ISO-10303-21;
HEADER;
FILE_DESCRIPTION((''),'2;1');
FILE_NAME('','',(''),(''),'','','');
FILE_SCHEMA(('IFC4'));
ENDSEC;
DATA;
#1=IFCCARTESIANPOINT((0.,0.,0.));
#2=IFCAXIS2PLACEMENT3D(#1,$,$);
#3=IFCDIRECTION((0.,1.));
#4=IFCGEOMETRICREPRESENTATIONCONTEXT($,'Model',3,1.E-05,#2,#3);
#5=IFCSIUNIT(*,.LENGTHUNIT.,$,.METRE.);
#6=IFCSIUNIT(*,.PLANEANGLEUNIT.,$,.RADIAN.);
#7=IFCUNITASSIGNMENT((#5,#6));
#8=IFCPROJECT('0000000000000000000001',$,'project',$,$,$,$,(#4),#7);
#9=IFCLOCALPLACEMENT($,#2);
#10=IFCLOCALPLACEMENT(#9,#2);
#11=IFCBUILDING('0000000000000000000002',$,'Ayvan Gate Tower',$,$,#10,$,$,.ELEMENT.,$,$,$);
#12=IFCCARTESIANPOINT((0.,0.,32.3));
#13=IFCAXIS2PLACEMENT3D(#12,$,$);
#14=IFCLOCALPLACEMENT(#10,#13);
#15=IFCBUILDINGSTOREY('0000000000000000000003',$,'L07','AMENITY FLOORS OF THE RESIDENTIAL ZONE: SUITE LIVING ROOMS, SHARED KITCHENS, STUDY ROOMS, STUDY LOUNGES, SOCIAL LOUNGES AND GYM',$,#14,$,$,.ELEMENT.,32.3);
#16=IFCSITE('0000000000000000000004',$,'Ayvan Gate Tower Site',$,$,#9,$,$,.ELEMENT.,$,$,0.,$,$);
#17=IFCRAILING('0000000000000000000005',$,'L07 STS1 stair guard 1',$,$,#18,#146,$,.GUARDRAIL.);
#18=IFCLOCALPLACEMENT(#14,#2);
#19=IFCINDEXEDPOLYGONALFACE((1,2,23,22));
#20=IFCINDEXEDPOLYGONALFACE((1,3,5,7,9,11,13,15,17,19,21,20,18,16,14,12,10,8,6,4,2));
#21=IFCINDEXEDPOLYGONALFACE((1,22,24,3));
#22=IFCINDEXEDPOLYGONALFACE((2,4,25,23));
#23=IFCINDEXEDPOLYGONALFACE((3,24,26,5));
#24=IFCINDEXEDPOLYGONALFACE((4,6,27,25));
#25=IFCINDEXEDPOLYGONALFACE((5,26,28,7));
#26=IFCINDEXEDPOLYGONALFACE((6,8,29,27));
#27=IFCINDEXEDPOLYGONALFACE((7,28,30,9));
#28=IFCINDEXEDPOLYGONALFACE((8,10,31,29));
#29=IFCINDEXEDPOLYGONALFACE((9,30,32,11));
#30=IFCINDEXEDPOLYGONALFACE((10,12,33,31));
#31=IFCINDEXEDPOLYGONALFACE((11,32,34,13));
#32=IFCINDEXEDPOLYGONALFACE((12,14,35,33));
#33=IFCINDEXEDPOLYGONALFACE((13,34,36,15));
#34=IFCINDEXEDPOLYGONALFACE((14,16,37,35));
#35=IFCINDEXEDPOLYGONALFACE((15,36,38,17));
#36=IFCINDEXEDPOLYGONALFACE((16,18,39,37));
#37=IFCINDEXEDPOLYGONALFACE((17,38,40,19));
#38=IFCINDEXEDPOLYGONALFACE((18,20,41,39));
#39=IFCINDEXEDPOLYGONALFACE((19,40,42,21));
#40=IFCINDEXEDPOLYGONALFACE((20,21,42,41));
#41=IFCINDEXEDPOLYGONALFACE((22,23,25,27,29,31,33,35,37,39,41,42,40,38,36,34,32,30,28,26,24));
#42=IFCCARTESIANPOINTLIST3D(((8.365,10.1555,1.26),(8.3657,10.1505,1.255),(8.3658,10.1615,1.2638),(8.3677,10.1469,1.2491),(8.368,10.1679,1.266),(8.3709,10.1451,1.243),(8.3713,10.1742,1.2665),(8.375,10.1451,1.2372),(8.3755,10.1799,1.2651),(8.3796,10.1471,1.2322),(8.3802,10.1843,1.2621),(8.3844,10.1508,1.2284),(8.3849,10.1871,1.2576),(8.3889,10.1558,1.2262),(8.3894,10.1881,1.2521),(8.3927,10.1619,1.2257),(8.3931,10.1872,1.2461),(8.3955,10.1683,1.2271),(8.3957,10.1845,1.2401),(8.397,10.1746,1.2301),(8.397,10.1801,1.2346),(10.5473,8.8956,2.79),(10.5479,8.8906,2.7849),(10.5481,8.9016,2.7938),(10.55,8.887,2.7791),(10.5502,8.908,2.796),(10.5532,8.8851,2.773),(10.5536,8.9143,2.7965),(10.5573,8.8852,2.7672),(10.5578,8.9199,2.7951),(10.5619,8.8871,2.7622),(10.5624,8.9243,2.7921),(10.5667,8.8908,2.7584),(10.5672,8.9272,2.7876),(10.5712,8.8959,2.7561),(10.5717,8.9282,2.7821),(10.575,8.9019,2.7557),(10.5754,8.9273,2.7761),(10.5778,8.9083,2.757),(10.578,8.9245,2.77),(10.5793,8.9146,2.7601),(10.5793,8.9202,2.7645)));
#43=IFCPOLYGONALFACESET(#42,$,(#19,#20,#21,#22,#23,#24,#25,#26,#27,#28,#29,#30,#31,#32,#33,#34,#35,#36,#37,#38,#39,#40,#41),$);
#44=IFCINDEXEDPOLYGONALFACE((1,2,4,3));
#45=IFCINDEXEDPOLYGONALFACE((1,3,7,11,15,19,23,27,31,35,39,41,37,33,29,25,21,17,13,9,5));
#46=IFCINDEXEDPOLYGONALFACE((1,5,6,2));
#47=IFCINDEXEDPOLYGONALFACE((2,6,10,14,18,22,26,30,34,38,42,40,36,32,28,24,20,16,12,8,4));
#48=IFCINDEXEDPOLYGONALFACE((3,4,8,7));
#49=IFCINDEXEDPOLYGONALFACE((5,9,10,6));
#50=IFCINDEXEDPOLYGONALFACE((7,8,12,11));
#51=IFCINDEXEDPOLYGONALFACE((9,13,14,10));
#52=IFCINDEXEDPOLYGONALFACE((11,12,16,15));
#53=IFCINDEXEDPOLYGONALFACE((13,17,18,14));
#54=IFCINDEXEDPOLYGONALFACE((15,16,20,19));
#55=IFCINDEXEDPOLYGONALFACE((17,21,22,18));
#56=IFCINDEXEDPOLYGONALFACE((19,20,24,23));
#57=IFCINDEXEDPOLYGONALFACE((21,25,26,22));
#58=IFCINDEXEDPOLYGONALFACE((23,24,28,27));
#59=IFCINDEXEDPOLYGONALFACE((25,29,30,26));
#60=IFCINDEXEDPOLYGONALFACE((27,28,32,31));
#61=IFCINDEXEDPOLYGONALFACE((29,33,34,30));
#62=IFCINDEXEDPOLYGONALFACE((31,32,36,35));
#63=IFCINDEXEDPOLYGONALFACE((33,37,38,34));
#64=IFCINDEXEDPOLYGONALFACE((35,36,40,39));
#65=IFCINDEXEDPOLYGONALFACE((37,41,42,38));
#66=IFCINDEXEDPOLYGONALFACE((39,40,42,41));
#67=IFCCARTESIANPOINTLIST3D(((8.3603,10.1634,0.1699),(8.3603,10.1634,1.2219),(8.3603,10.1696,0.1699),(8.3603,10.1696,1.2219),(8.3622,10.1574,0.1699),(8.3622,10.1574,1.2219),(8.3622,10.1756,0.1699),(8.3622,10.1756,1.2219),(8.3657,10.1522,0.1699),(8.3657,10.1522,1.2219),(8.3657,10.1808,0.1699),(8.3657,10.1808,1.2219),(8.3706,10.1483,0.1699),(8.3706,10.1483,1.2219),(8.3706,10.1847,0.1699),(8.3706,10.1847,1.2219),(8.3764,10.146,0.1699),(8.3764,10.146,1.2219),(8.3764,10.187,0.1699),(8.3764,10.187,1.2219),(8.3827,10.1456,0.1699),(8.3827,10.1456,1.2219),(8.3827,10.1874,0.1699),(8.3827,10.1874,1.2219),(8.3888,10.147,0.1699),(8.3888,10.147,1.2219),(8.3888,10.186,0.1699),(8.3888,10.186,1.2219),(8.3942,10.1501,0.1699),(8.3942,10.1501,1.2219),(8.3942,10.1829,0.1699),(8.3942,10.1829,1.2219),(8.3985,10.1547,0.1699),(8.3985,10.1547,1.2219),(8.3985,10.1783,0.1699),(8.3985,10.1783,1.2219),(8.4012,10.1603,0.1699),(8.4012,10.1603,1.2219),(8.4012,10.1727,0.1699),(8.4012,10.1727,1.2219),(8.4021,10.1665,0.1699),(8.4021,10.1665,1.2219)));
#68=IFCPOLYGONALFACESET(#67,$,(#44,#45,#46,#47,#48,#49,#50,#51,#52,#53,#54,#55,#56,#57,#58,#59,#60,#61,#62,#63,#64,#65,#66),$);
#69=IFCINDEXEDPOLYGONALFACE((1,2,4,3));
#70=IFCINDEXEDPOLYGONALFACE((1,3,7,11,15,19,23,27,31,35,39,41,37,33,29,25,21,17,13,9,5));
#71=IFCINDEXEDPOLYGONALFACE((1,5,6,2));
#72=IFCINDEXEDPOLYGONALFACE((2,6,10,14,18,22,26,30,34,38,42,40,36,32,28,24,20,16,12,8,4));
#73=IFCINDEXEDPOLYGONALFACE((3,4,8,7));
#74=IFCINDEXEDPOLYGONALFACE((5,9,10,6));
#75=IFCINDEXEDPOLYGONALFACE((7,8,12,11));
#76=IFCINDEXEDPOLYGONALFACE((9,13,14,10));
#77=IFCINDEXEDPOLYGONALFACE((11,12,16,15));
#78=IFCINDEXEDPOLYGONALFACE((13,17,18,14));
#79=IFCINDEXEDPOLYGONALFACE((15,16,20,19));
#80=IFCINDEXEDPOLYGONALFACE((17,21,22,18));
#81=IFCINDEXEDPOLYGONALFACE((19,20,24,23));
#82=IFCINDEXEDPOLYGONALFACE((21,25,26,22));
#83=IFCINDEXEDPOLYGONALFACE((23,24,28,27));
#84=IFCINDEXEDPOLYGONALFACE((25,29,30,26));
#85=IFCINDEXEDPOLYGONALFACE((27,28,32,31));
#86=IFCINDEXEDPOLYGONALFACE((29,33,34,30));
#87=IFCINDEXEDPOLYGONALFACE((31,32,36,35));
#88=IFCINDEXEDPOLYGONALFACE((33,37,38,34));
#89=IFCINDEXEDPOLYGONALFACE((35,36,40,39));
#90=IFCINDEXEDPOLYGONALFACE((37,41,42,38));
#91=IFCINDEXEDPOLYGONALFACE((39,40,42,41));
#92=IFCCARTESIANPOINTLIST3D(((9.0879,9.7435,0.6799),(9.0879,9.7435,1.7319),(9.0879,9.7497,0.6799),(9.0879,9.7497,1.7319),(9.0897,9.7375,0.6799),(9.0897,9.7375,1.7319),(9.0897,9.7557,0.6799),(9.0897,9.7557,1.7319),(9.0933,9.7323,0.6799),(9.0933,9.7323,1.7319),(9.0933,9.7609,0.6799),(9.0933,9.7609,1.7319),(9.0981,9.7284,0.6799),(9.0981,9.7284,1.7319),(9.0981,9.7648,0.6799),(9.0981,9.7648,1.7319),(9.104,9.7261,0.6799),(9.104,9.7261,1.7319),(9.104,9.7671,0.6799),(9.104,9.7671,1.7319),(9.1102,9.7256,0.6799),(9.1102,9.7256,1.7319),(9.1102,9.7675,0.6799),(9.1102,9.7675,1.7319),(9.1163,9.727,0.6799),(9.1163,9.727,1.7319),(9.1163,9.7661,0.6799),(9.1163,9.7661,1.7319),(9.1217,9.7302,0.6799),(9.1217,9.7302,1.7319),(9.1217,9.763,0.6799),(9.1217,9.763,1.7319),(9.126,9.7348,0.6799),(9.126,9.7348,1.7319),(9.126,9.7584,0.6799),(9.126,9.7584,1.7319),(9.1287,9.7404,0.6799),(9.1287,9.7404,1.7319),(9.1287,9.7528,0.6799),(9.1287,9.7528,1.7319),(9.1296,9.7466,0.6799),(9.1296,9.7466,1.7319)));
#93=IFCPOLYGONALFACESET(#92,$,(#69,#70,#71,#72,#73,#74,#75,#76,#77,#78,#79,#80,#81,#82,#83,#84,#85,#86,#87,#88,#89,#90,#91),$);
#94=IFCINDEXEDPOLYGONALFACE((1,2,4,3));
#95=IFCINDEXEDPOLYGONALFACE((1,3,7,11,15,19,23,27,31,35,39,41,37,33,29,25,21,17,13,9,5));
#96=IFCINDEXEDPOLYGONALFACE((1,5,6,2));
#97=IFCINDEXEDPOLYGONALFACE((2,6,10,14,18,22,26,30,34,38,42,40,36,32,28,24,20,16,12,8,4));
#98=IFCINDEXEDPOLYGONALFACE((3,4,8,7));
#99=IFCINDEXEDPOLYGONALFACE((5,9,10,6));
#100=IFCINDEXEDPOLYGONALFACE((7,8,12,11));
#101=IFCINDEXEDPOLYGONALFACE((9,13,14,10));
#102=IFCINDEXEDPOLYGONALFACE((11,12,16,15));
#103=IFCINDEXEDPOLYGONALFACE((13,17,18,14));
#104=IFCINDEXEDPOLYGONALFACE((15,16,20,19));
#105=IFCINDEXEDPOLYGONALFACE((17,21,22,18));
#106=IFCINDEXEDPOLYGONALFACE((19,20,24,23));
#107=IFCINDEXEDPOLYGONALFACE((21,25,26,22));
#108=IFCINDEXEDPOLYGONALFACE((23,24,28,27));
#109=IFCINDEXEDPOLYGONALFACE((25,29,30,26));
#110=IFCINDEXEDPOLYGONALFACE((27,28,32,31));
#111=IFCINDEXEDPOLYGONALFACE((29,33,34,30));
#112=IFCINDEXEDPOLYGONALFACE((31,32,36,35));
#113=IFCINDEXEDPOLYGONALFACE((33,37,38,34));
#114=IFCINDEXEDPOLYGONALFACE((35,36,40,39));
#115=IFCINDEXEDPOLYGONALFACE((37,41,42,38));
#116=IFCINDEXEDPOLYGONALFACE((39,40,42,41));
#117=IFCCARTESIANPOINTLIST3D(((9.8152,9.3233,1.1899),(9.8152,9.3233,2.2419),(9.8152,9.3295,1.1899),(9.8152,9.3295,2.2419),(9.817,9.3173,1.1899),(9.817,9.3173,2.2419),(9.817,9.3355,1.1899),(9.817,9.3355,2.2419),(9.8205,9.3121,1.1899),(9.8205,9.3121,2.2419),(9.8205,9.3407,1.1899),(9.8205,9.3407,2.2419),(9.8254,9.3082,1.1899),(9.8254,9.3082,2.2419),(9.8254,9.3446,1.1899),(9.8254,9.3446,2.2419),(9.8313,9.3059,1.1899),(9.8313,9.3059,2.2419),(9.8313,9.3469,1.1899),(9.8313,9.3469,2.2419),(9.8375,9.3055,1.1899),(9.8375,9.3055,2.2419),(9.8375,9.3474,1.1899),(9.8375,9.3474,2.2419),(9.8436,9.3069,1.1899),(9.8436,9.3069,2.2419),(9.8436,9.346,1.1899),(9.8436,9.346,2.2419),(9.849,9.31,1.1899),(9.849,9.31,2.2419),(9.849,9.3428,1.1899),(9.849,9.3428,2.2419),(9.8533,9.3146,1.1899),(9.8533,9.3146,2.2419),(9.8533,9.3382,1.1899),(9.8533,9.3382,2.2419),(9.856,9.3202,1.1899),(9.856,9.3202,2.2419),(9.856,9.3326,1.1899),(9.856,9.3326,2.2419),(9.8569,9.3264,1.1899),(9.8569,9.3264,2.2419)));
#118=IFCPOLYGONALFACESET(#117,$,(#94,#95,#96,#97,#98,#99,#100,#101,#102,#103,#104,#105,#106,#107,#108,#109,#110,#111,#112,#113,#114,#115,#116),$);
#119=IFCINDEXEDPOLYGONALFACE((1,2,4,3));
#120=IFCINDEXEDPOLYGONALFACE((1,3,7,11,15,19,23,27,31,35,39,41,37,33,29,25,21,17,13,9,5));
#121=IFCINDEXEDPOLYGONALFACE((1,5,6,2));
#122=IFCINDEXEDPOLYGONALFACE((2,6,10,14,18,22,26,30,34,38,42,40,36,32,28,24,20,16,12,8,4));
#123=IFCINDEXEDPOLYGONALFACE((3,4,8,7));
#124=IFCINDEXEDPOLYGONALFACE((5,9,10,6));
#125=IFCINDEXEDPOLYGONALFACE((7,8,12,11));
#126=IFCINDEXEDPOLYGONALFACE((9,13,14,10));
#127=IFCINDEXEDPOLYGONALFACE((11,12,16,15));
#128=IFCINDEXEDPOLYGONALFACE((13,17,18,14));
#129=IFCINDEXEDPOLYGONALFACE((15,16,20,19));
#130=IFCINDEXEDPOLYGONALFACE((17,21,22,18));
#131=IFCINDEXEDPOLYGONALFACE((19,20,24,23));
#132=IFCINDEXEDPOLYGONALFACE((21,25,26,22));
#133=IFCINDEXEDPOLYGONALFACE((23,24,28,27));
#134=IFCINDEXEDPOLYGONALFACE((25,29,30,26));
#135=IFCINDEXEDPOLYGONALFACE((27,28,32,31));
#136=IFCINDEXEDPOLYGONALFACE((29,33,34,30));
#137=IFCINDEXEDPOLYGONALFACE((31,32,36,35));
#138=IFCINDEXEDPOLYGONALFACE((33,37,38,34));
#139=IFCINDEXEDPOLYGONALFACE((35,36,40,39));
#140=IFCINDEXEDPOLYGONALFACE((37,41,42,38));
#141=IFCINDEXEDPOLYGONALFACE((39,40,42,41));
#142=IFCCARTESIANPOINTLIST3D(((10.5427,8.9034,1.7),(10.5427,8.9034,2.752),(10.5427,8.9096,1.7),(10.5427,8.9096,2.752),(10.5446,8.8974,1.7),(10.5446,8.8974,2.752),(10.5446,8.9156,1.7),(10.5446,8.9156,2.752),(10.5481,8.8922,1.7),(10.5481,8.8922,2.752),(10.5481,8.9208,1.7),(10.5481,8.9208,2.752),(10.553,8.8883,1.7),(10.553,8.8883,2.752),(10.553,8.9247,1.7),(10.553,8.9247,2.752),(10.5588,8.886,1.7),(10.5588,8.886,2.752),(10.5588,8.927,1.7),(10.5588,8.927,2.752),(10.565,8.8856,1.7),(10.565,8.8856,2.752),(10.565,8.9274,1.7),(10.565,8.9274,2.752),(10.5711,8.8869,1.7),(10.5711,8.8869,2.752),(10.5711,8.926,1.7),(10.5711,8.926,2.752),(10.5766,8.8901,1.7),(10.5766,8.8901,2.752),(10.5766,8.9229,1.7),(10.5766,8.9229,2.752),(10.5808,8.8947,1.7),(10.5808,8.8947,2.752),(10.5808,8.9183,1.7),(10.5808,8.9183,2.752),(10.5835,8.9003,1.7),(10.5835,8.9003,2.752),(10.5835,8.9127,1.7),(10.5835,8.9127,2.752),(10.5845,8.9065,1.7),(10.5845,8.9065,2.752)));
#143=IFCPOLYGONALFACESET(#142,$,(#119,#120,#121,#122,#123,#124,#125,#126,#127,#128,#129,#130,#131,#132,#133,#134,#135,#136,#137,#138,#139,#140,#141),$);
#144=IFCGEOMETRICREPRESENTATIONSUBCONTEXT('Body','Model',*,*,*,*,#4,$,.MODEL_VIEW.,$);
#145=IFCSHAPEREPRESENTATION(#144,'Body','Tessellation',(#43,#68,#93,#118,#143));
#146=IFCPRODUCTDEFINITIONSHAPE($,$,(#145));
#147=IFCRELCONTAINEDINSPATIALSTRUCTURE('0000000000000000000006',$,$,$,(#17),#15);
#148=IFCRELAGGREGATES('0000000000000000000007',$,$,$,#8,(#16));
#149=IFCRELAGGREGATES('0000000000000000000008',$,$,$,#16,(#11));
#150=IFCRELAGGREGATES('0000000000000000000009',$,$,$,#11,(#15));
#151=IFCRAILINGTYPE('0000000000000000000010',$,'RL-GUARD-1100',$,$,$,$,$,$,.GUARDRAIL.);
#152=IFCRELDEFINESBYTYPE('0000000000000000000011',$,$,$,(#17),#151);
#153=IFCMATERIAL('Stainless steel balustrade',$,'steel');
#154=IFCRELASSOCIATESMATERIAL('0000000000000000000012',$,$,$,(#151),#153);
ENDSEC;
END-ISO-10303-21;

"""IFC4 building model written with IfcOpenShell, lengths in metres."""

from ifc_helpers import new_model, si_unit, direction, frame, origin, origin_2d, place, context, subcontext, project, spatial, circle, extrude, material, type_object, element, save


model = new_model("IFC4")

# Units and contexts
model_context = context("Model", 3, precision=1e-05, world=origin(), true_north=direction((0.0, 1.0)))
body_context = subcontext(model_context, "Body", "Model", "MODEL_VIEW")
ifc_project = project(units=[si_unit("LENGTHUNIT", "METRE"), si_unit("PLANEANGLEUNIT", "RADIAN")], contexts=[model_context])

# Site, building, storey
site_placement = place(None, origin())
site = spatial("IfcSite", under=ifc_project, at=site_placement, Name="Ayvan Gate Tower Site", CompositionType="ELEMENT", RefElevation=0.0)
building_placement = place(site_placement, origin())
building = spatial("IfcBuilding", under=site, at=building_placement, Name="Ayvan Gate Tower", CompositionType="ELEMENT")
storey_placement = place(building_placement, frame((0.0, 0.0, 32.3)))
storey = spatial("IfcBuildingStorey", under=building, at=storey_placement, Name="L07", Description="AMENITY FLOORS OF THE RESIDENTIAL ZONE: SUITE LIVING ROOMS, SHARED KITCHENS, STUDY ROOMS, STUDY LOUNGES, SOCIAL LOUNGES AND GYM", CompositionType="ELEMENT", Elevation=32.3)

# Railing
ifc_material_1 = material(Name="Stainless steel balustrade", Category="steel")
railing_type_1 = type_object("IfcRailingType", Name="RL-GUARD-1100", PredefinedType="GUARDRAIL", material=ifc_material_1)
railing_1_placement = place(storey_placement, frame((8.3811, 10.1665, 0.1699)))
element("IfcRailing", 1, at=railing_1_placement, inside=storey, type_object=railing_type_1, Name="L07 STS1 stair guard 1", PredefinedType="GUARDRAIL", context=body_context, shape_type="SweptSolid", body=[
    extrude(circle(Radius=0.0239, at=origin_2d()), frame((0.0, 0.0, 1.0762), z_axis=(0.740261, -0.427395, 0.518986), x_axis=(0.500005, 0.866023, 0.0)), (0.0, 0.0, 1.0), 2.948),
    extrude(circle(Radius=0.021, at=origin_2d()), origin(), (0.0, 0.0, 1.0), 1.052),
    extrude(circle(Radius=0.021, at=origin_2d()), frame((0.7275, -0.4199, 0.51)), (0.0, 0.0, 1.0), 1.052),
    extrude(circle(Radius=0.021, at=origin_2d()), frame((1.4548, -0.8401, 1.02)), (0.0, 0.0, 1.0), 1.052),
    extrude(circle(Radius=0.021, at=origin_2d()), frame((2.1824, -1.26, 1.53)), (0.0, 0.0, 1.0), 1.052),
])

save(model, "model.ifc")
